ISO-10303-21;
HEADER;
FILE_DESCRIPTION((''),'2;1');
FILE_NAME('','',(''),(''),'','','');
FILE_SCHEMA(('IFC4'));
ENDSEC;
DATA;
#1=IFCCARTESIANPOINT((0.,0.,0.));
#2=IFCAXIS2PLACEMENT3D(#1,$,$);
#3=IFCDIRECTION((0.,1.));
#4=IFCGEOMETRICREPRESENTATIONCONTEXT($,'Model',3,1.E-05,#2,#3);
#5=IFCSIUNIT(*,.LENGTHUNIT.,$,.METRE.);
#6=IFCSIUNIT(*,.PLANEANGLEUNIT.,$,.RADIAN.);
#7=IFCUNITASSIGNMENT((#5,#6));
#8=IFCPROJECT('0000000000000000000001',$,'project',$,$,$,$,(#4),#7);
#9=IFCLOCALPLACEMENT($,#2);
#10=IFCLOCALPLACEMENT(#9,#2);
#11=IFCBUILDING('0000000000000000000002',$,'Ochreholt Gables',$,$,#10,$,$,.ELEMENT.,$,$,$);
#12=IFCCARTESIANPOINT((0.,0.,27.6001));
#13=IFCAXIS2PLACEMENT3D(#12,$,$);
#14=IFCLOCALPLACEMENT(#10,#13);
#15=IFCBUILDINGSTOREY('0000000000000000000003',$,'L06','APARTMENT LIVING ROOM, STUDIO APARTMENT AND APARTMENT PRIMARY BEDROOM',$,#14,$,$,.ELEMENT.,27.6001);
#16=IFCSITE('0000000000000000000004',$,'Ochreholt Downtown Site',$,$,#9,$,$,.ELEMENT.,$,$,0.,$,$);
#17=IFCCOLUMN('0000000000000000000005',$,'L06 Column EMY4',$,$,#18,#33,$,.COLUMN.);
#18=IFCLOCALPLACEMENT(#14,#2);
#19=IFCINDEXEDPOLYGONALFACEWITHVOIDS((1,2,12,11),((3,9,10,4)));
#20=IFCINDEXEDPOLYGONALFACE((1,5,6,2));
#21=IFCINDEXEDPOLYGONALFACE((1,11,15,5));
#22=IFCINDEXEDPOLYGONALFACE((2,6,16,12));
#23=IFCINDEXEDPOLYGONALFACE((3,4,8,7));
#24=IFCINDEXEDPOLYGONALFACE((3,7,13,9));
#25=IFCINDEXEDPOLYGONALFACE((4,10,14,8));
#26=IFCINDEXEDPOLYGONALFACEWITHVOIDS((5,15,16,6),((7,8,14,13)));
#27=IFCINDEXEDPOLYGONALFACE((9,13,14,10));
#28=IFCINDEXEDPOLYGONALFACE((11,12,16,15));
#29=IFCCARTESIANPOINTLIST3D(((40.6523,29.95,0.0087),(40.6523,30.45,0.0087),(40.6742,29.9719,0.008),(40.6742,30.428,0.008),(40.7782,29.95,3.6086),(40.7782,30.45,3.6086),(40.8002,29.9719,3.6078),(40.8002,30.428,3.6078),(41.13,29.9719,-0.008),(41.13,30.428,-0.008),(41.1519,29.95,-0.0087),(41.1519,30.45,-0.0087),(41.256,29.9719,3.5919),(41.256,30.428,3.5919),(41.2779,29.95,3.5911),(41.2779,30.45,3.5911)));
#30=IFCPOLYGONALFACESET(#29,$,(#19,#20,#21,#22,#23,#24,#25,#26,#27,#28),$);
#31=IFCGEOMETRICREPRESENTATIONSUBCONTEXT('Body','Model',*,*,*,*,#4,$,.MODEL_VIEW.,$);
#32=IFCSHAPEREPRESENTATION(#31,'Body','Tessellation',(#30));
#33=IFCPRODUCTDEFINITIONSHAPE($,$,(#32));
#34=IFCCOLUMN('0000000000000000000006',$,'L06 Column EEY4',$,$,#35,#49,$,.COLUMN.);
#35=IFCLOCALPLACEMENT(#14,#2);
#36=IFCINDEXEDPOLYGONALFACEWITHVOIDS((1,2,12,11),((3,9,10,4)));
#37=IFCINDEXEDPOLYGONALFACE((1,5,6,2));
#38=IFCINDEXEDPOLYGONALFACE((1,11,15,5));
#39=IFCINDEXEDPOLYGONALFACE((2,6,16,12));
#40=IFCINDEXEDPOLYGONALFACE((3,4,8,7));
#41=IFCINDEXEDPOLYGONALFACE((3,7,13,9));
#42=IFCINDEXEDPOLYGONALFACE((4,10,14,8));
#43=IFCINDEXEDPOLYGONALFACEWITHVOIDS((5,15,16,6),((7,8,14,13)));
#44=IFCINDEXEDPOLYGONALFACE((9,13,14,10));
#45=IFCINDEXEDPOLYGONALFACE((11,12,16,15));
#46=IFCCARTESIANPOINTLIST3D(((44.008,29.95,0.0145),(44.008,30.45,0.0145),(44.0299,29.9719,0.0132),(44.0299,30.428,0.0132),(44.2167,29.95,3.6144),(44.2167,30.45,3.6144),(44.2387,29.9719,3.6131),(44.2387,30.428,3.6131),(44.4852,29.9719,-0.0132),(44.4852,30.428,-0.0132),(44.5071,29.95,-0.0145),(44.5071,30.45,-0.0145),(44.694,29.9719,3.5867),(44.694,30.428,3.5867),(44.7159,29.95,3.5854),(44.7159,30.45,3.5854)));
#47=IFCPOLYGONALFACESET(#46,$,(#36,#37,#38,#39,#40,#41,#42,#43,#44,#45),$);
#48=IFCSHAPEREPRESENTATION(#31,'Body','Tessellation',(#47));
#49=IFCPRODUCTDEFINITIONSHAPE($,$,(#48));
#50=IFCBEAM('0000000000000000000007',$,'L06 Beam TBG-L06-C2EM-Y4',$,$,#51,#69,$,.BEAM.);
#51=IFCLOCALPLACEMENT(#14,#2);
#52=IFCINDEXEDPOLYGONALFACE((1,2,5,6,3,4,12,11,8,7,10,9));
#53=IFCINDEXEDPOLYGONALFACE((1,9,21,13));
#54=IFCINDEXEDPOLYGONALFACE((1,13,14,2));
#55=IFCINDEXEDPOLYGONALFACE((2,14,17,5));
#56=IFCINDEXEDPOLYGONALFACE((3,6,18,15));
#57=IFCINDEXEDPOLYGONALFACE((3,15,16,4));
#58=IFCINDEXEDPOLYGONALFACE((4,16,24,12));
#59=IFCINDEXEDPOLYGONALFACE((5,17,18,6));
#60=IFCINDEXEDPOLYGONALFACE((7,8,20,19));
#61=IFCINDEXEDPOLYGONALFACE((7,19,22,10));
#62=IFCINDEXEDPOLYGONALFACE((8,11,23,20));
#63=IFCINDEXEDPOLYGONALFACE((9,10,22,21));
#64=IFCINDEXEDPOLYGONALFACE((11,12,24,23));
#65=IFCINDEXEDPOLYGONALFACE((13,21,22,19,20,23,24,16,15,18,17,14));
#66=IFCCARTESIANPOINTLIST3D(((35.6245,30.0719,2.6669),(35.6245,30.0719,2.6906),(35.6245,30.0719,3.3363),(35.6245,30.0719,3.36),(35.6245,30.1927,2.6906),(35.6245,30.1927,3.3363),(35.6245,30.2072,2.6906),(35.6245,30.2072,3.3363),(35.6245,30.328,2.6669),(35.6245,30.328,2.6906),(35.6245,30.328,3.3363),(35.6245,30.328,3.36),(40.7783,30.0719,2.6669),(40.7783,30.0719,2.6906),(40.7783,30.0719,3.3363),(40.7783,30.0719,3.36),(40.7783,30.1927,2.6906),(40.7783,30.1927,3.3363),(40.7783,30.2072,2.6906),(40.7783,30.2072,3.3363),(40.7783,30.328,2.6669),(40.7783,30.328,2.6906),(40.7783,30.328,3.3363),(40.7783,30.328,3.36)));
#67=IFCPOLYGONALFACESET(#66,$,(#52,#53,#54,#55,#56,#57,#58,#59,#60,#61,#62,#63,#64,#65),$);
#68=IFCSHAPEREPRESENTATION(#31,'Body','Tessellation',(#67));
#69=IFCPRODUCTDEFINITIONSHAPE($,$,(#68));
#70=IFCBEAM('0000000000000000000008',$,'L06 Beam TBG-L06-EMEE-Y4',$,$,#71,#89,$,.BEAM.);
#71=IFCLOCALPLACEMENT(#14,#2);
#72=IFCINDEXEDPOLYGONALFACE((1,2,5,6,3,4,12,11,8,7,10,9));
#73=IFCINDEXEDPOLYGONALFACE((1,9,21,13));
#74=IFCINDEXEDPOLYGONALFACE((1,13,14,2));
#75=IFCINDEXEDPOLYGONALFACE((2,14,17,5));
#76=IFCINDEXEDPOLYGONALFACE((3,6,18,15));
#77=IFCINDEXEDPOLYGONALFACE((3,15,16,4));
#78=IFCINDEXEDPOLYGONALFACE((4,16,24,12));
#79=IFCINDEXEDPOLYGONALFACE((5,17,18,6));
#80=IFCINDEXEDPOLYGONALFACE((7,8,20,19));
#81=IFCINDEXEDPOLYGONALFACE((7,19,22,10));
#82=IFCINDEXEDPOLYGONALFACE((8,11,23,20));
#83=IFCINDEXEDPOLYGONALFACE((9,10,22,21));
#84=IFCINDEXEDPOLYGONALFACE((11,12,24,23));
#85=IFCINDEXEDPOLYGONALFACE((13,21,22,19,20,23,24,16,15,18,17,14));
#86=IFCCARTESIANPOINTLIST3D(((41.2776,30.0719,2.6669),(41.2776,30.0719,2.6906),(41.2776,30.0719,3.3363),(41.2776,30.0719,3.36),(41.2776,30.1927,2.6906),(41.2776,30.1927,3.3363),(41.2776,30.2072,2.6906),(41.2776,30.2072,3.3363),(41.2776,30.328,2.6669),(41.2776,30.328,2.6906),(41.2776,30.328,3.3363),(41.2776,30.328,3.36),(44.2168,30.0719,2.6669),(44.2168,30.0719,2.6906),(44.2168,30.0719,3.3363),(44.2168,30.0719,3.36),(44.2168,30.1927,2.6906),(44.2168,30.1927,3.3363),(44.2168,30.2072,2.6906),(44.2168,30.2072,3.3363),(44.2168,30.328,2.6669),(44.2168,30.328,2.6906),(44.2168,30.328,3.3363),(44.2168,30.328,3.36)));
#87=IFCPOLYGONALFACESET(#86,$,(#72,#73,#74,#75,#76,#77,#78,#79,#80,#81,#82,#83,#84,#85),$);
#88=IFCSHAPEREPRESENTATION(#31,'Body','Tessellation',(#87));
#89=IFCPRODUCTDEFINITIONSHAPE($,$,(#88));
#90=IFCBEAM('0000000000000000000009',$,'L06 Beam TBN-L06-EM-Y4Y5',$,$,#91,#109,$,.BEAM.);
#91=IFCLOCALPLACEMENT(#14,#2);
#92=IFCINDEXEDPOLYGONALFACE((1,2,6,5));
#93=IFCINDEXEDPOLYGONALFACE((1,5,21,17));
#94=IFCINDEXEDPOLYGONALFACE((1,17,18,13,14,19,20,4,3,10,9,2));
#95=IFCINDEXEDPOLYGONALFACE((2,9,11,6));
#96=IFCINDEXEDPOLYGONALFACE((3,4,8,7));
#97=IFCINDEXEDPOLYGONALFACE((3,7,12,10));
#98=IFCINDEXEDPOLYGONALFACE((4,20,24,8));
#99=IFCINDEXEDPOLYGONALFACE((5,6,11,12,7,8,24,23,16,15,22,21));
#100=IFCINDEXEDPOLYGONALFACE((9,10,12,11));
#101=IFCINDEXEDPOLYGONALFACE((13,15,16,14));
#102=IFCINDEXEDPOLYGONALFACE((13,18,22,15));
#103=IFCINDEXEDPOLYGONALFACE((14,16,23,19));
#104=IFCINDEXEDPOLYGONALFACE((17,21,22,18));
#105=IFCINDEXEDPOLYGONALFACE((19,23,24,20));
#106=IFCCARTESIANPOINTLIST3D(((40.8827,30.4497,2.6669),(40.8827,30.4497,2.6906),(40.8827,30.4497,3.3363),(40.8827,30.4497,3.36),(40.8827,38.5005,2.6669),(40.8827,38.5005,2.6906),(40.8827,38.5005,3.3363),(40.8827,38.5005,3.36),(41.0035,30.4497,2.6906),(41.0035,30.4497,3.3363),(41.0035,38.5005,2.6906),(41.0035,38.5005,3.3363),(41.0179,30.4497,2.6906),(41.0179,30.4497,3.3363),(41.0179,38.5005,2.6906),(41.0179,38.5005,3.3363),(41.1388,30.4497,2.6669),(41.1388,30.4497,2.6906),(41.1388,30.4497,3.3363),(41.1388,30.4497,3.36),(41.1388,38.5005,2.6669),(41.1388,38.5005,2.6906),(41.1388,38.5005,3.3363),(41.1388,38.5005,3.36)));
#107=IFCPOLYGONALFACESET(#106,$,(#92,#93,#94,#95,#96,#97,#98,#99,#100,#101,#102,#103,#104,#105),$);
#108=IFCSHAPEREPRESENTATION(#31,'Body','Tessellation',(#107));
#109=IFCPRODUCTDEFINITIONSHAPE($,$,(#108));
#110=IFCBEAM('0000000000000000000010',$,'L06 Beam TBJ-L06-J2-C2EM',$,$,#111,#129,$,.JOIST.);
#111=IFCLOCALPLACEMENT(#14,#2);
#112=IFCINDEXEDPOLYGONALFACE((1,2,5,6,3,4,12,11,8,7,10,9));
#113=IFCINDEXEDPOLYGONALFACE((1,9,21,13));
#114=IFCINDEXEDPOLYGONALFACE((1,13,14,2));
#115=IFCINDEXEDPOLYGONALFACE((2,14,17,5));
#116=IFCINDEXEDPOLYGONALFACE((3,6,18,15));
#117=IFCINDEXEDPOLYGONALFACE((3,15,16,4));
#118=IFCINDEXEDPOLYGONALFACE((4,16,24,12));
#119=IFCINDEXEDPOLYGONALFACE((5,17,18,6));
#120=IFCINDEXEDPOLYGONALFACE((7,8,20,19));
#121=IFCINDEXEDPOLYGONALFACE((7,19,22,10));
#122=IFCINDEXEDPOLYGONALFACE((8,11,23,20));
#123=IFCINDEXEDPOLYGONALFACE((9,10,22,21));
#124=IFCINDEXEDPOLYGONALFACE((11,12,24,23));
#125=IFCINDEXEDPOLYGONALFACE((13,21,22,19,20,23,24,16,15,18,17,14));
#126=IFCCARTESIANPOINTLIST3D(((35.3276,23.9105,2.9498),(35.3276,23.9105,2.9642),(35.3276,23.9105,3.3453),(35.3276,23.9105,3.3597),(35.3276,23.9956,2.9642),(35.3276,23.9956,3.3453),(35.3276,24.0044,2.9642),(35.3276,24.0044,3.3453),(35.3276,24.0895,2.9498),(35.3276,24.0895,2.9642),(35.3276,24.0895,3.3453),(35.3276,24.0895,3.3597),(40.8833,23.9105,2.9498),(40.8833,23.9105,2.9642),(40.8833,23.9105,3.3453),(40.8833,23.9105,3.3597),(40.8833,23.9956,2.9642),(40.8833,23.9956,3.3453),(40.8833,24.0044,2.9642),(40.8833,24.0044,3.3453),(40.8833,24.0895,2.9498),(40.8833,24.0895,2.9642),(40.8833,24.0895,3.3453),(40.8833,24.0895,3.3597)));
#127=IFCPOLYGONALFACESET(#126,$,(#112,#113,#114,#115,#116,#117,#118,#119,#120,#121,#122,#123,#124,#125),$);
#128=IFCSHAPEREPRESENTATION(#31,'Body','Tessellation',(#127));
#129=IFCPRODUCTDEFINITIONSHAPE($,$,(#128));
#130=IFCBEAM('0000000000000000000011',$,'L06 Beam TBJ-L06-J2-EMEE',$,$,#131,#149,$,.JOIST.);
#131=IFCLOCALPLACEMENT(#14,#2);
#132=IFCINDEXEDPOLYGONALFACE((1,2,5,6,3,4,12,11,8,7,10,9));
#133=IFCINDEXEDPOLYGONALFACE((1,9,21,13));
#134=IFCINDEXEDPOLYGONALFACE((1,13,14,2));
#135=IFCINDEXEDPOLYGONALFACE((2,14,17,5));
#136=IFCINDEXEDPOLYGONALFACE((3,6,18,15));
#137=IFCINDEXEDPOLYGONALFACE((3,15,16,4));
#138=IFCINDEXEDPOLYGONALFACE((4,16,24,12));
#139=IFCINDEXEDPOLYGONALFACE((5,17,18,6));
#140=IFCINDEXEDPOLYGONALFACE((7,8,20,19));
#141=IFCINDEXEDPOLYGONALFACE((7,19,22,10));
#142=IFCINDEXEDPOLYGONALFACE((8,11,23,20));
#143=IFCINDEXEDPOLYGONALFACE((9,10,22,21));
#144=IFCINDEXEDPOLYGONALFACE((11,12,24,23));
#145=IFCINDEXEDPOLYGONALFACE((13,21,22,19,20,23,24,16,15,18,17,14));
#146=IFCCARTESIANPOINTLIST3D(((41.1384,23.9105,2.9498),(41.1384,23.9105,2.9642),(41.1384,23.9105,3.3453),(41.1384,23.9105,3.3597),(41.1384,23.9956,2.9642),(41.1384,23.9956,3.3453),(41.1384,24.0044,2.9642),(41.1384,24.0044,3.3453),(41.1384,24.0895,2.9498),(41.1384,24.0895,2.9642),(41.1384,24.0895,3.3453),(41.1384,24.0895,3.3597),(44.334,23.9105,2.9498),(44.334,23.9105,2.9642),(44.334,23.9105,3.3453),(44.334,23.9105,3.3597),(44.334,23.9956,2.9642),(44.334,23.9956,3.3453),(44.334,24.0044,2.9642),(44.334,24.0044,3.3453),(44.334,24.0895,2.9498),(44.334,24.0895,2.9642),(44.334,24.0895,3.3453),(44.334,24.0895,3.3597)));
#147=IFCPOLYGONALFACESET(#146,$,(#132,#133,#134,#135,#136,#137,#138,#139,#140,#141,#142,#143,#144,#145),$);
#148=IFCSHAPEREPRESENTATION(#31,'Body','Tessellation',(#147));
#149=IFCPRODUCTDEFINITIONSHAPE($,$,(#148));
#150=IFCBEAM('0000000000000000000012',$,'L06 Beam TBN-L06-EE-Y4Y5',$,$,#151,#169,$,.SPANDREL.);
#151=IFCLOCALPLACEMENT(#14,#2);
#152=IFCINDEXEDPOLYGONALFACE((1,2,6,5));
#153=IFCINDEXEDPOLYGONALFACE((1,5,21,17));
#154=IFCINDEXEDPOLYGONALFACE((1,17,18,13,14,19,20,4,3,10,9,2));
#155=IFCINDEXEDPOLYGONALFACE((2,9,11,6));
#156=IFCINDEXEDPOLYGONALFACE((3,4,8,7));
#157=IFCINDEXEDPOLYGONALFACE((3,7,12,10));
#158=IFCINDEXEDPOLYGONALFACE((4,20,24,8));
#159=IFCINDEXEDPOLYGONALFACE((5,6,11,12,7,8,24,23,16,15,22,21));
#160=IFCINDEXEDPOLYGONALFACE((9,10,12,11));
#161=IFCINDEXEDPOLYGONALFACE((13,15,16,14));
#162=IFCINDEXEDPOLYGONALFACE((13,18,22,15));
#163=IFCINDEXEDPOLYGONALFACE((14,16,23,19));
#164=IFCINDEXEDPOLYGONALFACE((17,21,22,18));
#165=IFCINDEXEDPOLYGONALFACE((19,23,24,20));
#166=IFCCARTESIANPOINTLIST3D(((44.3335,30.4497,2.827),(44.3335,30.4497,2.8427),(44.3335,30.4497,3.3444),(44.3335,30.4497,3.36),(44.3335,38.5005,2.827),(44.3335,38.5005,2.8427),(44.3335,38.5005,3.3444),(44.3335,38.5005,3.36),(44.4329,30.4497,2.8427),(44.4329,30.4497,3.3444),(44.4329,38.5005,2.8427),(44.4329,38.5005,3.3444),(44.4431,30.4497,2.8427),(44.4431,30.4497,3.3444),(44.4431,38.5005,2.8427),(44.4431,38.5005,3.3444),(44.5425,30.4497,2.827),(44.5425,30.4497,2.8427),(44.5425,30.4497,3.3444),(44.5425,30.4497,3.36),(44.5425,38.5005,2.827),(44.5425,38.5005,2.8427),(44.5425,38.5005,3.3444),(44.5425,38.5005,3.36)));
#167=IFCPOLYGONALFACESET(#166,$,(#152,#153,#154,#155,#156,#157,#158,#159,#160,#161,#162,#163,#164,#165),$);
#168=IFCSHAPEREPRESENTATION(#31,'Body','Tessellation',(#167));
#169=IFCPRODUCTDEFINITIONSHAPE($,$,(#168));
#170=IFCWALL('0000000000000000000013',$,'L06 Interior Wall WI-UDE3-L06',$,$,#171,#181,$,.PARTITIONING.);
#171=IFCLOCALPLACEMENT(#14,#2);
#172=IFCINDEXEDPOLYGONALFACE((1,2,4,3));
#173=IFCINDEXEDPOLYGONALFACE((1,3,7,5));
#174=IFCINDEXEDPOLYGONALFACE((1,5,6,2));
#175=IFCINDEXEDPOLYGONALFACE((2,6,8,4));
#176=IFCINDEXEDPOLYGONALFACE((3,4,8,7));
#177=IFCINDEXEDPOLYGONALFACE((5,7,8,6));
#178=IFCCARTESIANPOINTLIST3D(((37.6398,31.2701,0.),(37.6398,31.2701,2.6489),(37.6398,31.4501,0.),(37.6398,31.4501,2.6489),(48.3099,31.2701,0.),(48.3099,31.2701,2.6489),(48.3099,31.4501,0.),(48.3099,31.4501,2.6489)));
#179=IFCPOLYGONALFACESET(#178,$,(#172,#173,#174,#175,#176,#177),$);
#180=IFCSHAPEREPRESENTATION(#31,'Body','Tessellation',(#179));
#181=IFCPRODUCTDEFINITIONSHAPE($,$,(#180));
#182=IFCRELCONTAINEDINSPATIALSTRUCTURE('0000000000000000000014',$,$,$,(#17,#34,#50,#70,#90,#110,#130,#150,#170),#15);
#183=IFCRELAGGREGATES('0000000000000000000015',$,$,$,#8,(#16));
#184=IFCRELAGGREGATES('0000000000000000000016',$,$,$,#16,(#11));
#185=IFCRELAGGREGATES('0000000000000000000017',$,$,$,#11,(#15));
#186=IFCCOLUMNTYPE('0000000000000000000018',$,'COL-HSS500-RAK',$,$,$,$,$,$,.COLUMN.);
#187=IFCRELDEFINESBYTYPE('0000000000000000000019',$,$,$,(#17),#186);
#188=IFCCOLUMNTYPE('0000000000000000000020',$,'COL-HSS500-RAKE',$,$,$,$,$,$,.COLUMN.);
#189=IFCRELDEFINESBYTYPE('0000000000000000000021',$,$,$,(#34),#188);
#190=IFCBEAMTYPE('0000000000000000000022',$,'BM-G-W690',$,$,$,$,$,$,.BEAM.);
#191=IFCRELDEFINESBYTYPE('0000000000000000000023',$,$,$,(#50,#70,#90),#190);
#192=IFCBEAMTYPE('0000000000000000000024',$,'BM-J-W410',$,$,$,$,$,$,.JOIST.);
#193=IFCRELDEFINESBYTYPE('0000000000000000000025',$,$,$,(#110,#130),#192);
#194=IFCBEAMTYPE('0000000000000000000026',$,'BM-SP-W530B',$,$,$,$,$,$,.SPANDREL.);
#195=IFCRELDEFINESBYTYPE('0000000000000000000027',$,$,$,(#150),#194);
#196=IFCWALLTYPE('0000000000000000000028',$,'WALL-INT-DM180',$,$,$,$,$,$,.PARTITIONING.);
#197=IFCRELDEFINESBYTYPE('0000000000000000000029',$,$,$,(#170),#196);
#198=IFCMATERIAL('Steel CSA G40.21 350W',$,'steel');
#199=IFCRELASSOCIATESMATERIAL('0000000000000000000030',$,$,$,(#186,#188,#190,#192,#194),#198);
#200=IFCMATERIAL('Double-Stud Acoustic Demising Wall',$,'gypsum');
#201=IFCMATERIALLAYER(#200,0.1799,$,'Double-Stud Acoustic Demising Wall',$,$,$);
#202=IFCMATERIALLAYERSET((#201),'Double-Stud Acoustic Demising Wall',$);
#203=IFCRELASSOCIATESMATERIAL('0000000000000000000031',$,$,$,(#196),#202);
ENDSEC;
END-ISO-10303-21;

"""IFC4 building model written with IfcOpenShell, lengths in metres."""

from ifc_helpers import new_model, si_unit, direction, frame, frame_2d, origin, origin_2d, place, context, subcontext, project, spatial, rectangle, hollow_rectangle, i_section, extrude, material, layer, layer_set, material_profile, profile_set, type_object, element, save


model = new_model("IFC4")

# Units and contexts
model_context = context("Model", 3, precision=1e-05, world=origin(), true_north=direction((0.0, 1.0)))
body_context = subcontext(model_context, "Body", "Model", "MODEL_VIEW")
ifc_project = project(units=[si_unit("LENGTHUNIT", "METRE"), si_unit("PLANEANGLEUNIT", "RADIAN")], contexts=[model_context])

# Site, building, storey
site_placement = place(None, origin())
site = spatial("IfcSite", under=ifc_project, at=site_placement, Name="Ochreholt Downtown Site", CompositionType="ELEMENT", RefElevation=0.0)
building_placement = place(site_placement, origin())
building = spatial("IfcBuilding", under=site, at=building_placement, Name="Ochreholt Gables", CompositionType="ELEMENT")
storey_placement = place(building_placement, frame((0.0, 0.0, 27.6001)))
storey = spatial("IfcBuildingStorey", under=building, at=storey_placement, Name="L06", Description="APARTMENT LIVING ROOM, STUDIO APARTMENT AND APARTMENT PRIMARY BEDROOM", CompositionType="ELEMENT", Elevation=27.6001)

# Columns
ifc_material_1 = material(Name="Steel CSA G40.21 350W", Category="steel")
ifc_material_profile_1 = material_profile(ifc_material_1, hollow_rectangle(XDim=0.5, YDim=0.5, WallThickness=0.022, at=origin_2d()), Name="HSS500X500X22")
ifc_profile_set_1 = profile_set([ifc_material_profile_1], Name="Steel CSA G40.21 350W")
column_type_1 = type_object("IfcColumnType", Name="COL-HSS500-RAK", PredefinedType="COLUMN", material=ifc_profile_set_1)
column_1_placement = place(storey_placement, frame((40.9021, 30.2, 0.0), z_axis=(0.034974, 0.0, 0.999388), x_axis=(0.0, 1.0, 0.0)))
element("IfcColumn", 1, at=column_1_placement, inside=storey, type_object=column_type_1, Name="L06 Column EMY4", PredefinedType="COLUMN", context=body_context, shape_type="SweptSolid", body=[
    extrude(hollow_rectangle(XDim=0.5, YDim=0.5, WallThickness=0.022, at=origin_2d()), origin(), (0.0, 0.0, 1.0), 3.6021),
])
ifc_material_profile_2 = material_profile(ifc_material_1, hollow_rectangle(XDim=0.5, YDim=0.5, WallThickness=0.022, at=origin_2d()), Name="HSS500X500X22")
ifc_profile_set_2 = profile_set([ifc_material_profile_2], Name="Steel CSA G40.21 350W")
column_type_2 = type_object("IfcColumnType", Name="COL-HSS500-RAKE", PredefinedType="COLUMN", material=ifc_profile_set_2)
column_2_placement = place(storey_placement, frame((44.2576, 30.2, 0.0), z_axis=(0.057889, 0.0, 0.998323), x_axis=(0.0, 1.0, 0.0)))
element("IfcColumn", 2, at=column_2_placement, inside=storey, type_object=column_type_2, Name="L06 Column EEY4", PredefinedType="COLUMN", context=body_context, shape_type="SweptSolid", body=[
    extrude(hollow_rectangle(XDim=0.5, YDim=0.5, WallThickness=0.022, at=origin_2d()), origin(), (0.0, 0.0, 1.0), 3.606),
])

# Beams
ifc_material_profile_3 = material_profile(ifc_material_1, i_section(OverallWidth=0.2561, OverallDepth=0.6931, WebThickness=0.0144, FlangeThickness=0.0237, at=origin_2d()), Name="W690X170")
ifc_profile_set_3 = profile_set([ifc_material_profile_3], Name="Steel CSA G40.21 350W")
beam_type_1 = type_object("IfcBeamType", Name="BM-G-W690", PredefinedType="BEAM", material=ifc_profile_set_3)
beam_1_placement = place(storey_placement, frame((35.6245, 30.2, 3.0134), z_axis=(1.0, 0.0, 0.0), x_axis=(0.0, 1.0, 0.0)))
element("IfcBeam", 3, at=beam_1_placement, inside=storey, type_object=beam_type_1, Name="L06 Beam TBG-L06-C2EM-Y4", PredefinedType="BEAM", context=body_context, shape_type="SweptSolid", body=[
    extrude(i_section(OverallWidth=0.2561, OverallDepth=0.6931, WebThickness=0.0144, FlangeThickness=0.0237, at=origin_2d()), origin(), (0.0, 0.0, 1.0), 5.1538),
])
beam_2_placement = place(storey_placement, frame((41.2776, 30.2, 3.0134), z_axis=(1.0, 0.0, 0.0), x_axis=(0.0, 1.0, 0.0)))
element("IfcBeam", 4, at=beam_2_placement, inside=storey, type_object=beam_type_1, Name="L06 Beam TBG-L06-EMEE-Y4", PredefinedType="BEAM", context=body_context, shape_type="SweptSolid", body=[
    extrude(i_section(OverallWidth=0.2561, OverallDepth=0.6931, WebThickness=0.0144, FlangeThickness=0.0237, at=origin_2d()), origin(), (0.0, 0.0, 1.0), 2.9392),
])
beam_3_placement = place(storey_placement, frame((41.0107, 30.4497, 3.0134), z_axis=(0.0, 1.0, 0.0), x_axis=(-1.0, 0.0, 0.0)))
element("IfcBeam", 5, at=beam_3_placement, inside=storey, type_object=beam_type_1, Name="L06 Beam TBN-L06-EM-Y4Y5", PredefinedType="BEAM", context=body_context, shape_type="SweptSolid", body=[
    extrude(i_section(OverallWidth=0.2561, OverallDepth=0.6931, WebThickness=0.0144, FlangeThickness=0.0237, at=origin_2d()), origin(), (0.0, 0.0, 1.0), 8.0508),
])
ifc_material_profile_4 = material_profile(ifc_material_1, i_section(OverallWidth=0.179, OverallDepth=0.4099, WebThickness=0.0088, FlangeThickness=0.0144, at=origin_2d()), Name="W410X67")
ifc_profile_set_4 = profile_set([ifc_material_profile_4], Name="Steel CSA G40.21 350W")
beam_type_2 = type_object("IfcBeamType", Name="BM-J-W410", PredefinedType="JOIST", material=ifc_profile_set_4)
beam_4_placement = place(storey_placement, frame((35.3276, 24.0, 3.1548), z_axis=(1.0, 0.0, 0.0), x_axis=(0.0, 1.0, 0.0)))
element("IfcBeam", 6, at=beam_4_placement, inside=storey, type_object=beam_type_2, Name="L06 Beam TBJ-L06-J2-C2EM", PredefinedType="JOIST", context=body_context, shape_type="SweptSolid", body=[
    extrude(i_section(OverallWidth=0.179, OverallDepth=0.4099, WebThickness=0.0088, FlangeThickness=0.0144, at=origin_2d()), origin(), (0.0, 0.0, 1.0), 5.5557),
])
beam_5_placement = place(storey_placement, frame((41.1384, 24.0, 3.1548), z_axis=(1.0, 0.0, 0.0), x_axis=(0.0, 1.0, 0.0)))
element("IfcBeam", 7, at=beam_5_placement, inside=storey, type_object=beam_type_2, Name="L06 Beam TBJ-L06-J2-EMEE", PredefinedType="JOIST", context=body_context, shape_type="SweptSolid", body=[
    extrude(i_section(OverallWidth=0.179, OverallDepth=0.4099, WebThickness=0.0088, FlangeThickness=0.0144, at=origin_2d()), origin(), (0.0, 0.0, 1.0), 3.1956),
])
ifc_material_profile_5 = material_profile(ifc_material_1, i_section(OverallWidth=0.209, OverallDepth=0.533, WebThickness=0.0103, FlangeThickness=0.0156, at=origin_2d()), Name="W530X92")
ifc_profile_set_5 = profile_set([ifc_material_profile_5], Name="Steel CSA G40.21 350W")
beam_type_3 = type_object("IfcBeamType", Name="BM-SP-W530B", PredefinedType="SPANDREL", material=ifc_profile_set_5)
beam_6_placement = place(storey_placement, frame((44.438, 30.4497, 3.0935), z_axis=(0.0, 1.0, 0.0), x_axis=(-1.0, 0.0, 0.0)))
element("IfcBeam", 8, at=beam_6_placement, inside=storey, type_object=beam_type_3, Name="L06 Beam TBN-L06-EE-Y4Y5", PredefinedType="SPANDREL", context=body_context, shape_type="SweptSolid", body=[
    extrude(i_section(OverallWidth=0.209, OverallDepth=0.533, WebThickness=0.0103, FlangeThickness=0.0156, at=origin_2d()), origin(), (0.0, 0.0, 1.0), 8.0508),
])

# Wall
ifc_material_2 = material(Name="Double-Stud Acoustic Demising Wall", Category="gypsum")
ifc_layer_1 = layer(ifc_material_2, 0.1799, Name="Double-Stud Acoustic Demising Wall")
ifc_layer_set_1 = layer_set([ifc_layer_1], Name="Double-Stud Acoustic Demising Wall")
wall_type_1 = type_object("IfcWallType", Name="WALL-INT-DM180", PredefinedType="PARTITIONING", material=ifc_layer_set_1)
wall_1_placement = place(storey_placement, frame((37.6399, 31.3601, 0.0), z_axis=(0.0, 0.0, 1.0), x_axis=(1.0, 0.0, 0.0)))
element("IfcWall", 9, at=wall_1_placement, inside=storey, type_object=wall_type_1, Name="L06 Interior Wall WI-UDE3-L06", PredefinedType="PARTITIONING", context=body_context, shape_type="SweptSolid", body=[
    extrude(rectangle(XDim=10.6702, YDim=0.1799, at=frame_2d((5.335, 0.0))), origin(), (0.0, 0.0, 1.0), 2.6489),
])

save(model, "model.ifc")
